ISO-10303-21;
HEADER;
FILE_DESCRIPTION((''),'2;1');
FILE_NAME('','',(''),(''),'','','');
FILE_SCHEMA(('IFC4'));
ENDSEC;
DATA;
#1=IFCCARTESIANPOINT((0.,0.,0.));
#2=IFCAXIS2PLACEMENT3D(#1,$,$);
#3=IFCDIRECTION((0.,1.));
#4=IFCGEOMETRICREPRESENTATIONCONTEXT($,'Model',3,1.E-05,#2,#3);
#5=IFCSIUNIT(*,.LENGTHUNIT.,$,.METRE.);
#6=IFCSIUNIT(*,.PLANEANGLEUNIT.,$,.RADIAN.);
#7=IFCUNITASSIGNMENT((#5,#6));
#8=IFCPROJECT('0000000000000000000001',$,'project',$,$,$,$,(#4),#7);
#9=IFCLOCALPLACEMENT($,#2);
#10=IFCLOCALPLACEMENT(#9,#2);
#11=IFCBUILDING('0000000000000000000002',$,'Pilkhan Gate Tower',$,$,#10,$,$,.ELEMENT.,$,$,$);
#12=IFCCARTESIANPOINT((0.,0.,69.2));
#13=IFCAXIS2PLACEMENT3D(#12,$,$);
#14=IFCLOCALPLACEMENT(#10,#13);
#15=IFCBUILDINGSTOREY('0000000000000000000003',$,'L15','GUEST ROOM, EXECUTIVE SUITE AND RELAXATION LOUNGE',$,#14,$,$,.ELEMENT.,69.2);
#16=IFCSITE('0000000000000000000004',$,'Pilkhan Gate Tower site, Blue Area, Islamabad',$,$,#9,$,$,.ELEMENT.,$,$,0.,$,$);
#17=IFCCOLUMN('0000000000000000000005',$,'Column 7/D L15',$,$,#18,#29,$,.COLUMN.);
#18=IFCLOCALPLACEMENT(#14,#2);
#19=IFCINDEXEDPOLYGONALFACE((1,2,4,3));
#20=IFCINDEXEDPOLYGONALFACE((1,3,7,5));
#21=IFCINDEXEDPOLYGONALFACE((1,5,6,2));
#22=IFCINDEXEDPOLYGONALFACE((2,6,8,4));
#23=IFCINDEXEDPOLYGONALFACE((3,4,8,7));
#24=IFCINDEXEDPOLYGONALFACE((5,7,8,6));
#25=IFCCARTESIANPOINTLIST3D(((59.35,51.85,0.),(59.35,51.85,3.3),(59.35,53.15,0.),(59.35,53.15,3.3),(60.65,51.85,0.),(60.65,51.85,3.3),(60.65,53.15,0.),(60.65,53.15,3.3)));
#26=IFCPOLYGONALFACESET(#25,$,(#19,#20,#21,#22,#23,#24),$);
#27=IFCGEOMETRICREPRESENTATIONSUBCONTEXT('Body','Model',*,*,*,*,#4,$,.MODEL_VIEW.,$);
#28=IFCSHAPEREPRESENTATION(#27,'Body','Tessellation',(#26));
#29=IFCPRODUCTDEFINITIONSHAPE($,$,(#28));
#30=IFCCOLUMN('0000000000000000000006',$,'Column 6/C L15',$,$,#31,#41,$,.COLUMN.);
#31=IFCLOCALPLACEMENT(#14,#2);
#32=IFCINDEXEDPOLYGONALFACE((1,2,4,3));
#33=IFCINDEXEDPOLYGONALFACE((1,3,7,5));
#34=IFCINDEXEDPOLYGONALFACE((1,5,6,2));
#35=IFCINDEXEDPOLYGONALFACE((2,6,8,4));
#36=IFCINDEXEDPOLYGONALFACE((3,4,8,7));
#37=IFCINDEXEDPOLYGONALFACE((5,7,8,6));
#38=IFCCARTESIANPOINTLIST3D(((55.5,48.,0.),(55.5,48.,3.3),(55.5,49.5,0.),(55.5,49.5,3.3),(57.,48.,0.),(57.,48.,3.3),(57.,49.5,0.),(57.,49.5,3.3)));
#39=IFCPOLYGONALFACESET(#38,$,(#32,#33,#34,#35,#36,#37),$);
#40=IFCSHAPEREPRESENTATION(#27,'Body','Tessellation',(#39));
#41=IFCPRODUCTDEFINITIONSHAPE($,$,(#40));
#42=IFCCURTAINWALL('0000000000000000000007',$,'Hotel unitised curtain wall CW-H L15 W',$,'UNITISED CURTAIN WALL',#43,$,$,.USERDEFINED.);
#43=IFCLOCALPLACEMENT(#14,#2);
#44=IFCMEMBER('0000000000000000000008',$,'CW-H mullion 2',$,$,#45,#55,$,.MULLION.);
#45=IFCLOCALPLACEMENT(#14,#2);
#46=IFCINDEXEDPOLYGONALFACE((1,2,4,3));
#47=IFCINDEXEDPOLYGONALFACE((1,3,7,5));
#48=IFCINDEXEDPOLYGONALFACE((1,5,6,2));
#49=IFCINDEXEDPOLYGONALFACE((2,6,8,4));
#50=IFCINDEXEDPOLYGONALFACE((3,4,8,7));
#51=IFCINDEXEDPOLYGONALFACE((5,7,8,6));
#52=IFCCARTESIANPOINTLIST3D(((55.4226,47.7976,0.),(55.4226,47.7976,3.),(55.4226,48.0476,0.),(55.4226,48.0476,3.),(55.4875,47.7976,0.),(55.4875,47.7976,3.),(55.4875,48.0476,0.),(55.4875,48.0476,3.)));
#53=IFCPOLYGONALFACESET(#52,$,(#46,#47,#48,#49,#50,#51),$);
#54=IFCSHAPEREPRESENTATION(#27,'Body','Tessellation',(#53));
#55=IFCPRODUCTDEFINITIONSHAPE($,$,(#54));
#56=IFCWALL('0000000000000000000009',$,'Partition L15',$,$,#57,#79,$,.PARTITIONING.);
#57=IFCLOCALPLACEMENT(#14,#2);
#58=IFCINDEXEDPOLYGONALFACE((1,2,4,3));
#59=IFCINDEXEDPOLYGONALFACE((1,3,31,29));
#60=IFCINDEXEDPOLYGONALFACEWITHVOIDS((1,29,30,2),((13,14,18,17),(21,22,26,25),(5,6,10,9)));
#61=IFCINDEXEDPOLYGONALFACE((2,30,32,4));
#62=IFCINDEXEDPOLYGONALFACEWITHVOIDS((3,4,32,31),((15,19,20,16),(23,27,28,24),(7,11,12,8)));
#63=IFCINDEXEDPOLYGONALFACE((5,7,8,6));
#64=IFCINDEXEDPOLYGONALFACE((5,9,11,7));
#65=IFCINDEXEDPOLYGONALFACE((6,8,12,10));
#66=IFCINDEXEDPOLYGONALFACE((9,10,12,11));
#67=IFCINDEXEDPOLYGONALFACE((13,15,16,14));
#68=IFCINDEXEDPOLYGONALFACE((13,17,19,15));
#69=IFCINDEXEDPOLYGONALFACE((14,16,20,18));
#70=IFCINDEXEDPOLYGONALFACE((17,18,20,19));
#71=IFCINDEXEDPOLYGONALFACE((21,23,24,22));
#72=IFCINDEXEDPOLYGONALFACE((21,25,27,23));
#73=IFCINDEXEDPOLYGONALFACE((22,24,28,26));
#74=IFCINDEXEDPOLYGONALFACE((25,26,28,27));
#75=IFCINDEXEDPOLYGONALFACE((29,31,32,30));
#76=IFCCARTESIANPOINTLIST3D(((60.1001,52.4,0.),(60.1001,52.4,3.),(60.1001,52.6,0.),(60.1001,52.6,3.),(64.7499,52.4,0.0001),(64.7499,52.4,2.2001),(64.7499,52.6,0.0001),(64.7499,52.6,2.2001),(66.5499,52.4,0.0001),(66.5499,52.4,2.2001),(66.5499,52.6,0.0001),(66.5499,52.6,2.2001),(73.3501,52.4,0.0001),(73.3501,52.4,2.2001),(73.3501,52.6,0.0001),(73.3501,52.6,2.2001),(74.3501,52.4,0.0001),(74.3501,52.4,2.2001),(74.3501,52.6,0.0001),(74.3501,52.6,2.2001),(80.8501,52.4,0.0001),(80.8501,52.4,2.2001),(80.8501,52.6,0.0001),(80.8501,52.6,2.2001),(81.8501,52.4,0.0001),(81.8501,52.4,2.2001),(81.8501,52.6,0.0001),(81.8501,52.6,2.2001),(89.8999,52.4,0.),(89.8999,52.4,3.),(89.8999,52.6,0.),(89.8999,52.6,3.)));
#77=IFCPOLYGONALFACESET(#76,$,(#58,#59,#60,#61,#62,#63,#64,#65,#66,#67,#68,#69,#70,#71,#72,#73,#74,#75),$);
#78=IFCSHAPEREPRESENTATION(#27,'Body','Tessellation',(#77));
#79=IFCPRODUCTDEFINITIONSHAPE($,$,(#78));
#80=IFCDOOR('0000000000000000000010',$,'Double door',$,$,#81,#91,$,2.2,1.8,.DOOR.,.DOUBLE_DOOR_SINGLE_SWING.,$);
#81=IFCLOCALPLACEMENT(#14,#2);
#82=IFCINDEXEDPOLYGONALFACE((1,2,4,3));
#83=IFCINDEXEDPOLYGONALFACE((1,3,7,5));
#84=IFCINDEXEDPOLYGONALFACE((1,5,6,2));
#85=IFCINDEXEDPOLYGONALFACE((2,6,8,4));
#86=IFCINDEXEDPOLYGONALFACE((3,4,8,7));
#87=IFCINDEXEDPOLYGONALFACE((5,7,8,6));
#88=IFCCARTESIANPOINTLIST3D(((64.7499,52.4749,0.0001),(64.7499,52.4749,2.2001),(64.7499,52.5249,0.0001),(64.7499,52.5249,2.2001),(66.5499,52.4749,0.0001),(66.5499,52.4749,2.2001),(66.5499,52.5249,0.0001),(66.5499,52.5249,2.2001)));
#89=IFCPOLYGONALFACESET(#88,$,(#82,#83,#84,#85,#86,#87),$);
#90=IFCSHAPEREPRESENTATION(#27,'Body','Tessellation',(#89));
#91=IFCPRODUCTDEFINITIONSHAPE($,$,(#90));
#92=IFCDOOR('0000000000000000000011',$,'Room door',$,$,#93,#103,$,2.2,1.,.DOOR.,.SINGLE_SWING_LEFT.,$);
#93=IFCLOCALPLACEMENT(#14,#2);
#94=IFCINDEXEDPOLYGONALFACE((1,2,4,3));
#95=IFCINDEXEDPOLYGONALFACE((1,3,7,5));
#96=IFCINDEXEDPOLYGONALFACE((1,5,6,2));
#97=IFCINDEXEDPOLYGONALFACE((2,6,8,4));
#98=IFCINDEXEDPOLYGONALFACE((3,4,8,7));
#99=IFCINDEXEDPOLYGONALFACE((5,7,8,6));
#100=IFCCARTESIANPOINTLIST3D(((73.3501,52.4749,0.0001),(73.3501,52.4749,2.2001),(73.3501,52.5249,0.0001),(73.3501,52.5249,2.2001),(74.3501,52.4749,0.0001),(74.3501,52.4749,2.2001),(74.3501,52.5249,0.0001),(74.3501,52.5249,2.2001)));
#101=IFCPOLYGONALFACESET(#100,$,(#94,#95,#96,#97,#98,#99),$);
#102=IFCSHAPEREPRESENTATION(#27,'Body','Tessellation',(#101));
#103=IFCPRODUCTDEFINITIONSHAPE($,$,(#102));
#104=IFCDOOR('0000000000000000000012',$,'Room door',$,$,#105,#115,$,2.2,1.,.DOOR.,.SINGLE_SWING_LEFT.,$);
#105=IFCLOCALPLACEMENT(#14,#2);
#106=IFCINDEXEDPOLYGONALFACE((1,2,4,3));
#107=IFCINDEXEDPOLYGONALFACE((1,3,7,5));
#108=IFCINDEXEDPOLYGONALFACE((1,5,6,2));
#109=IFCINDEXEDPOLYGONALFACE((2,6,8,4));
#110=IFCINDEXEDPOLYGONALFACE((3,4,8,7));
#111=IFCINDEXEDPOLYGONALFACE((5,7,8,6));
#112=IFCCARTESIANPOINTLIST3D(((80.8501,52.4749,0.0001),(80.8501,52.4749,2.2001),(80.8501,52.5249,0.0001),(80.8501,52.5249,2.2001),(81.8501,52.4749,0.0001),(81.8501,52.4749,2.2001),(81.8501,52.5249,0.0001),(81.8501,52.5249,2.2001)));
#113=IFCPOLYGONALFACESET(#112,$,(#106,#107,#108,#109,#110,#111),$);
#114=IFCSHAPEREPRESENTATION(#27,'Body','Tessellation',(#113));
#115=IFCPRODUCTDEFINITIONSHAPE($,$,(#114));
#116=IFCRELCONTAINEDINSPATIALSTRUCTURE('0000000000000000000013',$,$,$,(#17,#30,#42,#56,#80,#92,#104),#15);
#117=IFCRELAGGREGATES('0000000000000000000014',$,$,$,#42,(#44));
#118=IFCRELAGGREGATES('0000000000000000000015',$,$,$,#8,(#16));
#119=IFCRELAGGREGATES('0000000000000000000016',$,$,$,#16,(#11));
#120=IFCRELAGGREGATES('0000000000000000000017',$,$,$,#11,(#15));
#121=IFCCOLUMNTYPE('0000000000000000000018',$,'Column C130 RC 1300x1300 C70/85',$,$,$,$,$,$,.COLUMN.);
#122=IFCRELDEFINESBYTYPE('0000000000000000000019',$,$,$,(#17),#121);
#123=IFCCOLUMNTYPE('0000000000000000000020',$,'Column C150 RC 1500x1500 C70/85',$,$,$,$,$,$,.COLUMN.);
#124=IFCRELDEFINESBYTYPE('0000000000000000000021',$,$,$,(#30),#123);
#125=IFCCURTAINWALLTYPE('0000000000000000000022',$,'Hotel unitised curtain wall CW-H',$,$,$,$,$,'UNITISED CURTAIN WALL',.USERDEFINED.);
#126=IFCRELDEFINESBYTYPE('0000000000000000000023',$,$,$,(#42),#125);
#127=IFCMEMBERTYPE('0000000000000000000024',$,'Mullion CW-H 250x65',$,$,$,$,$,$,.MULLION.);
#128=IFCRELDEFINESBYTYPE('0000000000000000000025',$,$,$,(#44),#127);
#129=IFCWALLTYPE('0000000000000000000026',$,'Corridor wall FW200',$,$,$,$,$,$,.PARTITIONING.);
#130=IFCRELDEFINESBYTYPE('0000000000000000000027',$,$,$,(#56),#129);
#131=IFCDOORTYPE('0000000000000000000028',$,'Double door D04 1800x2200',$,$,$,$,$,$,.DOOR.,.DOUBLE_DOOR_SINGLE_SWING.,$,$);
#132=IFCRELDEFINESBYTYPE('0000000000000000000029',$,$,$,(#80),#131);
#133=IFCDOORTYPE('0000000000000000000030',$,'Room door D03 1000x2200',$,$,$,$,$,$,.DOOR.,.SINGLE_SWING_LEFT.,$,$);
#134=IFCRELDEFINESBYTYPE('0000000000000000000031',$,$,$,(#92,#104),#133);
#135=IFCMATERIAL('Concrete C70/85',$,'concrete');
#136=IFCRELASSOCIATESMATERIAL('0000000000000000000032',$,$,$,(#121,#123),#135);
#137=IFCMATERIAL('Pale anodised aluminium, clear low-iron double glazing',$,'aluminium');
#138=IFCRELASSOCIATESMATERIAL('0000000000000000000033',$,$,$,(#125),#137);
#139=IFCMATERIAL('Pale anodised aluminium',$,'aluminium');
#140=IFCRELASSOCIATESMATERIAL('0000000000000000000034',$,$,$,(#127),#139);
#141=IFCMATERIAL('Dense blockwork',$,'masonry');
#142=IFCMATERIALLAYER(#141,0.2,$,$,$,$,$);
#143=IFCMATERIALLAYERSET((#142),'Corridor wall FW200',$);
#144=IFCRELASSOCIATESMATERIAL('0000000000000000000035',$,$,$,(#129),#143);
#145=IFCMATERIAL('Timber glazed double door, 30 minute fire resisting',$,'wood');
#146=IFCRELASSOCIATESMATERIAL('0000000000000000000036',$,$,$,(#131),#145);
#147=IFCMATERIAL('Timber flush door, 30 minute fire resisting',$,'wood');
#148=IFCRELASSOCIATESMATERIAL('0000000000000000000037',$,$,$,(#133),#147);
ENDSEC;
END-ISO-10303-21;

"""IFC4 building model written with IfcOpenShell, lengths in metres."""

from ifc_helpers import new_model, si_unit, direction, frame, frame_2d, origin, origin_2d, place, context, subcontext, project, spatial, rectangle, extrude, material, layer, layer_set, material_profile, profile_set, type_object, element, fill, aggregate, save


model = new_model("IFC4")

# Units and contexts
model_context = context("Model", 3, precision=1e-05, world=origin(), true_north=direction((0.0, 1.0)))
body_context = subcontext(model_context, "Body", "Model", "MODEL_VIEW")
ifc_project = project(units=[si_unit("LENGTHUNIT", "METRE"), si_unit("PLANEANGLEUNIT", "RADIAN")], contexts=[model_context])

# Site, building, storey
site_placement = place(None, origin())
site = spatial("IfcSite", under=ifc_project, at=site_placement, Name="Pilkhan Gate Tower site, Blue Area, Islamabad", CompositionType="ELEMENT", RefElevation=0.0)
building_placement = place(site_placement, origin())
building = spatial("IfcBuilding", under=site, at=building_placement, Name="Pilkhan Gate Tower", CompositionType="ELEMENT")
storey_placement = place(building_placement, frame((0.0, 0.0, 69.2)))
storey = spatial("IfcBuildingStorey", under=building, at=storey_placement, Name="L15", Description="GUEST ROOM, EXECUTIVE SUITE AND RELAXATION LOUNGE", CompositionType="ELEMENT", Elevation=69.2)

# Columns
ifc_material_1 = material(Name="Concrete C70/85", Category="concrete")
ifc_material_profile_1 = material_profile(ifc_material_1, rectangle(XDim=1.3, YDim=1.3, at=origin_2d()), Name="RC 1300x1300")
ifc_profile_set_1 = profile_set([ifc_material_profile_1], Name="Concrete C70/85")
column_type_1 = type_object("IfcColumnType", Name="Column C130 RC 1300x1300 C70/85", PredefinedType="COLUMN", material=ifc_profile_set_1)
column_1_placement = place(storey_placement, frame((60.0, 52.5, 0.0), z_axis=(0.0, 0.0, 1.0), x_axis=(1.0, 0.0, 0.0)))
element("IfcColumn", 1, at=column_1_placement, inside=storey, type_object=column_type_1, Name="Column 7/D L15", PredefinedType="COLUMN", context=body_context, shape_type="SweptSolid", body=[
    extrude(rectangle(XDim=1.3, YDim=1.3, at=origin_2d()), origin(), (0.0, 0.0, 1.0), 3.3),
])
ifc_material_profile_2 = material_profile(ifc_material_1, rectangle(XDim=1.5, YDim=1.5, at=origin_2d()), Name="RC 1500x1500")
ifc_profile_set_2 = profile_set([ifc_material_profile_2], Name="Concrete C70/85")
column_type_2 = type_object("IfcColumnType", Name="Column C150 RC 1500x1500 C70/85", PredefinedType="COLUMN", material=ifc_profile_set_2)
column_2_placement = place(storey_placement, frame((56.25, 48.75, 0.0), z_axis=(0.0, 0.0, 1.0), x_axis=(1.0, 0.0, 0.0)))
element("IfcColumn", 2, at=column_2_placement, inside=storey, type_object=column_type_2, Name="Column 6/C L15", PredefinedType="COLUMN", context=body_context, shape_type="SweptSolid", body=[
    extrude(rectangle(XDim=1.5, YDim=1.5, at=origin_2d()), origin(), (0.0, 0.0, 1.0), 3.3),
])

# Curtain wall, member
ifc_material_2 = material(Name="Pale anodised aluminium, clear low-iron double glazing", Category="aluminium")
curtain_wall_type = type_object("IfcCurtainWallType", Name="Hotel unitised curtain wall CW-H", ElementType="UNITISED CURTAIN WALL", PredefinedType="USERDEFINED", material=ifc_material_2)
curtain_wall_placement = place(storey_placement, origin())
curtain_wall = element("IfcCurtainWall", 3, at=curtain_wall_placement, inside=storey, type_object=curtain_wall_type, Name="Hotel unitised curtain wall CW-H L15 W", ObjectType="UNITISED CURTAIN WALL", PredefinedType="USERDEFINED")
ifc_material_3 = material(Name="Pale anodised aluminium", Category="aluminium")
ifc_material_profile_3 = material_profile(ifc_material_3, rectangle(XDim=0.0649, YDim=0.25, at=origin_2d()), Name="Mullion 250x65")
ifc_profile_set_3 = profile_set([ifc_material_profile_3], Name="Pale anodised aluminium")
member_type = type_object("IfcMemberType", Name="Mullion CW-H 250x65", PredefinedType="MULLION", material=ifc_profile_set_3)
member_placement = place(storey_placement, frame((55.4551, 47.9226, 0.0), z_axis=(0.0, 0.0, 1.0), x_axis=(-1.0, 0.0, 0.0)))
member = element("IfcMember", 4, at=member_placement, type_object=member_type, Name="CW-H mullion 2", PredefinedType="MULLION", context=body_context, shape_type="SweptSolid", body=[
    extrude(rectangle(XDim=0.0649, YDim=0.25, at=origin_2d()), origin(), (0.0, 0.0, 1.0), 3.0),
])
aggregate(curtain_wall, [member])

# Wall, openings, doors
ifc_material_4 = material(Name="Dense blockwork", Category="masonry")
ifc_layer_1 = layer(ifc_material_4, 0.2)
ifc_layer_set_1 = layer_set([ifc_layer_1], Name="Corridor wall FW200")
wall_type_1 = type_object("IfcWallType", Name="Corridor wall FW200", PredefinedType="PARTITIONING", material=ifc_layer_set_1)
wall_1_placement = place(storey_placement, frame((60.1001, 52.5, 0.0), z_axis=(0.0, 0.0, 1.0), x_axis=(1.0, 0.0, 0.0)))
wall_1 = element("IfcWall", 5, at=wall_1_placement, inside=storey, type_object=wall_type_1, Name="Partition L15", PredefinedType="PARTITIONING", context=body_context, shape_type="SweptSolid", body=[
    extrude(rectangle(XDim=29.7998, YDim=0.2, at=frame_2d((14.8999, 0.0))), origin(), (0.0, 0.0, 1.0), 3.0),
])
opening_1_placement = place(wall_1_placement, frame((4.6499, 0.0, 0.0)))
opening_1 = element("IfcOpeningElement", 6, at=opening_1_placement, cuts=wall_1, PredefinedType="OPENING", context=body_context, shape_type="SweptSolid", body=[
    extrude(rectangle(XDim=1.8, YDim=2.2, at=frame_2d((0.8999, 1.1001))), frame((0.0, 0.1099, 0.0), z_axis=(0.0, -1.0, 0.0), x_axis=(1.0, 0.0, 0.0)), (0.0, 0.0, 1.0), 0.22),
])
opening_2_placement = place(wall_1_placement, frame((13.25, 0.0, 0.0)))
opening_2 = element("IfcOpeningElement", 7, at=opening_2_placement, cuts=wall_1, PredefinedType="OPENING", context=body_context, shape_type="SweptSolid", body=[
    extrude(rectangle(XDim=1.0, YDim=2.2, at=frame_2d((0.5, 1.1001))), frame((0.0, 0.1099, 0.0), z_axis=(0.0, -1.0, 0.0), x_axis=(1.0, 0.0, 0.0)), (0.0, 0.0, 1.0), 0.22),
])
opening_3_placement = place(wall_1_placement, frame((20.75, 0.0, 0.0)))
opening_3 = element("IfcOpeningElement", 8, at=opening_3_placement, cuts=wall_1, PredefinedType="OPENING", context=body_context, shape_type="SweptSolid", body=[
    extrude(rectangle(XDim=1.0, YDim=2.2, at=frame_2d((0.5, 1.1001))), frame((0.0, 0.1099, 0.0), z_axis=(0.0, -1.0, 0.0), x_axis=(1.0, 0.0, 0.0)), (0.0, 0.0, 1.0), 0.22),
])
ifc_material_5 = material(Name="Timber glazed double door, 30 minute fire resisting", Category="wood")
door_type_1 = type_object("IfcDoorType", Name="Double door D04 1800x2200", OperationType="DOUBLE_DOOR_SINGLE_SWING", PredefinedType="DOOR", material=ifc_material_5)
door_1_placement = place(opening_1_placement, origin())
door_1 = element("IfcDoor", 9, at=door_1_placement, inside=storey, type_object=door_type_1, Name="Double door", OperationType="DOUBLE_DOOR_SINGLE_SWING", OverallHeight=2.2, OverallWidth=1.8, PredefinedType="DOOR", context=body_context, shape_type="SweptSolid", body=[
    extrude(rectangle(XDim=1.8, YDim=2.2, at=frame_2d((0.8999, 1.1001))), frame((0.0, 0.0249, 0.0), z_axis=(0.0, -1.0, 0.0), x_axis=(1.0, 0.0, 0.0)), (0.0, 0.0, 1.0), 0.05),
])
fill(opening_1, door_1)
ifc_material_6 = material(Name="Timber flush door, 30 minute fire resisting", Category="wood")
door_type_2 = type_object("IfcDoorType", Name="Room door D03 1000x2200", OperationType="SINGLE_SWING_LEFT", PredefinedType="DOOR", material=ifc_material_6)
door_2_placement = place(opening_2_placement, origin())
door_2 = element("IfcDoor", 10, at=door_2_placement, inside=storey, type_object=door_type_2, Name="Room door", OperationType="SINGLE_SWING_LEFT", OverallHeight=2.2, OverallWidth=1.0, PredefinedType="DOOR", context=body_context, shape_type="SweptSolid", body=[
    extrude(rectangle(XDim=1.0, YDim=2.2, at=frame_2d((0.5, 1.1001))), frame((0.0, 0.0249, 0.0), z_axis=(0.0, -1.0, 0.0), x_axis=(1.0, 0.0, 0.0)), (0.0, 0.0, 1.0), 0.05),
])
fill(opening_2, door_2)
door_3_placement = place(opening_3_placement, origin())
door_3 = element("IfcDoor", 11, at=door_3_placement, inside=storey, type_object=door_type_2, Name="Room door", OperationType="SINGLE_SWING_LEFT", OverallHeight=2.2, OverallWidth=1.0, PredefinedType="DOOR", context=body_context, shape_type="SweptSolid", body=[
    extrude(rectangle(XDim=1.0, YDim=2.2, at=frame_2d((0.5, 1.1001))), frame((0.0, 0.0249, 0.0), z_axis=(0.0, -1.0, 0.0), x_axis=(1.0, 0.0, 0.0)), (0.0, 0.0, 1.0), 0.05),
])
fill(opening_3, door_3)

save(model, "model.ifc")
